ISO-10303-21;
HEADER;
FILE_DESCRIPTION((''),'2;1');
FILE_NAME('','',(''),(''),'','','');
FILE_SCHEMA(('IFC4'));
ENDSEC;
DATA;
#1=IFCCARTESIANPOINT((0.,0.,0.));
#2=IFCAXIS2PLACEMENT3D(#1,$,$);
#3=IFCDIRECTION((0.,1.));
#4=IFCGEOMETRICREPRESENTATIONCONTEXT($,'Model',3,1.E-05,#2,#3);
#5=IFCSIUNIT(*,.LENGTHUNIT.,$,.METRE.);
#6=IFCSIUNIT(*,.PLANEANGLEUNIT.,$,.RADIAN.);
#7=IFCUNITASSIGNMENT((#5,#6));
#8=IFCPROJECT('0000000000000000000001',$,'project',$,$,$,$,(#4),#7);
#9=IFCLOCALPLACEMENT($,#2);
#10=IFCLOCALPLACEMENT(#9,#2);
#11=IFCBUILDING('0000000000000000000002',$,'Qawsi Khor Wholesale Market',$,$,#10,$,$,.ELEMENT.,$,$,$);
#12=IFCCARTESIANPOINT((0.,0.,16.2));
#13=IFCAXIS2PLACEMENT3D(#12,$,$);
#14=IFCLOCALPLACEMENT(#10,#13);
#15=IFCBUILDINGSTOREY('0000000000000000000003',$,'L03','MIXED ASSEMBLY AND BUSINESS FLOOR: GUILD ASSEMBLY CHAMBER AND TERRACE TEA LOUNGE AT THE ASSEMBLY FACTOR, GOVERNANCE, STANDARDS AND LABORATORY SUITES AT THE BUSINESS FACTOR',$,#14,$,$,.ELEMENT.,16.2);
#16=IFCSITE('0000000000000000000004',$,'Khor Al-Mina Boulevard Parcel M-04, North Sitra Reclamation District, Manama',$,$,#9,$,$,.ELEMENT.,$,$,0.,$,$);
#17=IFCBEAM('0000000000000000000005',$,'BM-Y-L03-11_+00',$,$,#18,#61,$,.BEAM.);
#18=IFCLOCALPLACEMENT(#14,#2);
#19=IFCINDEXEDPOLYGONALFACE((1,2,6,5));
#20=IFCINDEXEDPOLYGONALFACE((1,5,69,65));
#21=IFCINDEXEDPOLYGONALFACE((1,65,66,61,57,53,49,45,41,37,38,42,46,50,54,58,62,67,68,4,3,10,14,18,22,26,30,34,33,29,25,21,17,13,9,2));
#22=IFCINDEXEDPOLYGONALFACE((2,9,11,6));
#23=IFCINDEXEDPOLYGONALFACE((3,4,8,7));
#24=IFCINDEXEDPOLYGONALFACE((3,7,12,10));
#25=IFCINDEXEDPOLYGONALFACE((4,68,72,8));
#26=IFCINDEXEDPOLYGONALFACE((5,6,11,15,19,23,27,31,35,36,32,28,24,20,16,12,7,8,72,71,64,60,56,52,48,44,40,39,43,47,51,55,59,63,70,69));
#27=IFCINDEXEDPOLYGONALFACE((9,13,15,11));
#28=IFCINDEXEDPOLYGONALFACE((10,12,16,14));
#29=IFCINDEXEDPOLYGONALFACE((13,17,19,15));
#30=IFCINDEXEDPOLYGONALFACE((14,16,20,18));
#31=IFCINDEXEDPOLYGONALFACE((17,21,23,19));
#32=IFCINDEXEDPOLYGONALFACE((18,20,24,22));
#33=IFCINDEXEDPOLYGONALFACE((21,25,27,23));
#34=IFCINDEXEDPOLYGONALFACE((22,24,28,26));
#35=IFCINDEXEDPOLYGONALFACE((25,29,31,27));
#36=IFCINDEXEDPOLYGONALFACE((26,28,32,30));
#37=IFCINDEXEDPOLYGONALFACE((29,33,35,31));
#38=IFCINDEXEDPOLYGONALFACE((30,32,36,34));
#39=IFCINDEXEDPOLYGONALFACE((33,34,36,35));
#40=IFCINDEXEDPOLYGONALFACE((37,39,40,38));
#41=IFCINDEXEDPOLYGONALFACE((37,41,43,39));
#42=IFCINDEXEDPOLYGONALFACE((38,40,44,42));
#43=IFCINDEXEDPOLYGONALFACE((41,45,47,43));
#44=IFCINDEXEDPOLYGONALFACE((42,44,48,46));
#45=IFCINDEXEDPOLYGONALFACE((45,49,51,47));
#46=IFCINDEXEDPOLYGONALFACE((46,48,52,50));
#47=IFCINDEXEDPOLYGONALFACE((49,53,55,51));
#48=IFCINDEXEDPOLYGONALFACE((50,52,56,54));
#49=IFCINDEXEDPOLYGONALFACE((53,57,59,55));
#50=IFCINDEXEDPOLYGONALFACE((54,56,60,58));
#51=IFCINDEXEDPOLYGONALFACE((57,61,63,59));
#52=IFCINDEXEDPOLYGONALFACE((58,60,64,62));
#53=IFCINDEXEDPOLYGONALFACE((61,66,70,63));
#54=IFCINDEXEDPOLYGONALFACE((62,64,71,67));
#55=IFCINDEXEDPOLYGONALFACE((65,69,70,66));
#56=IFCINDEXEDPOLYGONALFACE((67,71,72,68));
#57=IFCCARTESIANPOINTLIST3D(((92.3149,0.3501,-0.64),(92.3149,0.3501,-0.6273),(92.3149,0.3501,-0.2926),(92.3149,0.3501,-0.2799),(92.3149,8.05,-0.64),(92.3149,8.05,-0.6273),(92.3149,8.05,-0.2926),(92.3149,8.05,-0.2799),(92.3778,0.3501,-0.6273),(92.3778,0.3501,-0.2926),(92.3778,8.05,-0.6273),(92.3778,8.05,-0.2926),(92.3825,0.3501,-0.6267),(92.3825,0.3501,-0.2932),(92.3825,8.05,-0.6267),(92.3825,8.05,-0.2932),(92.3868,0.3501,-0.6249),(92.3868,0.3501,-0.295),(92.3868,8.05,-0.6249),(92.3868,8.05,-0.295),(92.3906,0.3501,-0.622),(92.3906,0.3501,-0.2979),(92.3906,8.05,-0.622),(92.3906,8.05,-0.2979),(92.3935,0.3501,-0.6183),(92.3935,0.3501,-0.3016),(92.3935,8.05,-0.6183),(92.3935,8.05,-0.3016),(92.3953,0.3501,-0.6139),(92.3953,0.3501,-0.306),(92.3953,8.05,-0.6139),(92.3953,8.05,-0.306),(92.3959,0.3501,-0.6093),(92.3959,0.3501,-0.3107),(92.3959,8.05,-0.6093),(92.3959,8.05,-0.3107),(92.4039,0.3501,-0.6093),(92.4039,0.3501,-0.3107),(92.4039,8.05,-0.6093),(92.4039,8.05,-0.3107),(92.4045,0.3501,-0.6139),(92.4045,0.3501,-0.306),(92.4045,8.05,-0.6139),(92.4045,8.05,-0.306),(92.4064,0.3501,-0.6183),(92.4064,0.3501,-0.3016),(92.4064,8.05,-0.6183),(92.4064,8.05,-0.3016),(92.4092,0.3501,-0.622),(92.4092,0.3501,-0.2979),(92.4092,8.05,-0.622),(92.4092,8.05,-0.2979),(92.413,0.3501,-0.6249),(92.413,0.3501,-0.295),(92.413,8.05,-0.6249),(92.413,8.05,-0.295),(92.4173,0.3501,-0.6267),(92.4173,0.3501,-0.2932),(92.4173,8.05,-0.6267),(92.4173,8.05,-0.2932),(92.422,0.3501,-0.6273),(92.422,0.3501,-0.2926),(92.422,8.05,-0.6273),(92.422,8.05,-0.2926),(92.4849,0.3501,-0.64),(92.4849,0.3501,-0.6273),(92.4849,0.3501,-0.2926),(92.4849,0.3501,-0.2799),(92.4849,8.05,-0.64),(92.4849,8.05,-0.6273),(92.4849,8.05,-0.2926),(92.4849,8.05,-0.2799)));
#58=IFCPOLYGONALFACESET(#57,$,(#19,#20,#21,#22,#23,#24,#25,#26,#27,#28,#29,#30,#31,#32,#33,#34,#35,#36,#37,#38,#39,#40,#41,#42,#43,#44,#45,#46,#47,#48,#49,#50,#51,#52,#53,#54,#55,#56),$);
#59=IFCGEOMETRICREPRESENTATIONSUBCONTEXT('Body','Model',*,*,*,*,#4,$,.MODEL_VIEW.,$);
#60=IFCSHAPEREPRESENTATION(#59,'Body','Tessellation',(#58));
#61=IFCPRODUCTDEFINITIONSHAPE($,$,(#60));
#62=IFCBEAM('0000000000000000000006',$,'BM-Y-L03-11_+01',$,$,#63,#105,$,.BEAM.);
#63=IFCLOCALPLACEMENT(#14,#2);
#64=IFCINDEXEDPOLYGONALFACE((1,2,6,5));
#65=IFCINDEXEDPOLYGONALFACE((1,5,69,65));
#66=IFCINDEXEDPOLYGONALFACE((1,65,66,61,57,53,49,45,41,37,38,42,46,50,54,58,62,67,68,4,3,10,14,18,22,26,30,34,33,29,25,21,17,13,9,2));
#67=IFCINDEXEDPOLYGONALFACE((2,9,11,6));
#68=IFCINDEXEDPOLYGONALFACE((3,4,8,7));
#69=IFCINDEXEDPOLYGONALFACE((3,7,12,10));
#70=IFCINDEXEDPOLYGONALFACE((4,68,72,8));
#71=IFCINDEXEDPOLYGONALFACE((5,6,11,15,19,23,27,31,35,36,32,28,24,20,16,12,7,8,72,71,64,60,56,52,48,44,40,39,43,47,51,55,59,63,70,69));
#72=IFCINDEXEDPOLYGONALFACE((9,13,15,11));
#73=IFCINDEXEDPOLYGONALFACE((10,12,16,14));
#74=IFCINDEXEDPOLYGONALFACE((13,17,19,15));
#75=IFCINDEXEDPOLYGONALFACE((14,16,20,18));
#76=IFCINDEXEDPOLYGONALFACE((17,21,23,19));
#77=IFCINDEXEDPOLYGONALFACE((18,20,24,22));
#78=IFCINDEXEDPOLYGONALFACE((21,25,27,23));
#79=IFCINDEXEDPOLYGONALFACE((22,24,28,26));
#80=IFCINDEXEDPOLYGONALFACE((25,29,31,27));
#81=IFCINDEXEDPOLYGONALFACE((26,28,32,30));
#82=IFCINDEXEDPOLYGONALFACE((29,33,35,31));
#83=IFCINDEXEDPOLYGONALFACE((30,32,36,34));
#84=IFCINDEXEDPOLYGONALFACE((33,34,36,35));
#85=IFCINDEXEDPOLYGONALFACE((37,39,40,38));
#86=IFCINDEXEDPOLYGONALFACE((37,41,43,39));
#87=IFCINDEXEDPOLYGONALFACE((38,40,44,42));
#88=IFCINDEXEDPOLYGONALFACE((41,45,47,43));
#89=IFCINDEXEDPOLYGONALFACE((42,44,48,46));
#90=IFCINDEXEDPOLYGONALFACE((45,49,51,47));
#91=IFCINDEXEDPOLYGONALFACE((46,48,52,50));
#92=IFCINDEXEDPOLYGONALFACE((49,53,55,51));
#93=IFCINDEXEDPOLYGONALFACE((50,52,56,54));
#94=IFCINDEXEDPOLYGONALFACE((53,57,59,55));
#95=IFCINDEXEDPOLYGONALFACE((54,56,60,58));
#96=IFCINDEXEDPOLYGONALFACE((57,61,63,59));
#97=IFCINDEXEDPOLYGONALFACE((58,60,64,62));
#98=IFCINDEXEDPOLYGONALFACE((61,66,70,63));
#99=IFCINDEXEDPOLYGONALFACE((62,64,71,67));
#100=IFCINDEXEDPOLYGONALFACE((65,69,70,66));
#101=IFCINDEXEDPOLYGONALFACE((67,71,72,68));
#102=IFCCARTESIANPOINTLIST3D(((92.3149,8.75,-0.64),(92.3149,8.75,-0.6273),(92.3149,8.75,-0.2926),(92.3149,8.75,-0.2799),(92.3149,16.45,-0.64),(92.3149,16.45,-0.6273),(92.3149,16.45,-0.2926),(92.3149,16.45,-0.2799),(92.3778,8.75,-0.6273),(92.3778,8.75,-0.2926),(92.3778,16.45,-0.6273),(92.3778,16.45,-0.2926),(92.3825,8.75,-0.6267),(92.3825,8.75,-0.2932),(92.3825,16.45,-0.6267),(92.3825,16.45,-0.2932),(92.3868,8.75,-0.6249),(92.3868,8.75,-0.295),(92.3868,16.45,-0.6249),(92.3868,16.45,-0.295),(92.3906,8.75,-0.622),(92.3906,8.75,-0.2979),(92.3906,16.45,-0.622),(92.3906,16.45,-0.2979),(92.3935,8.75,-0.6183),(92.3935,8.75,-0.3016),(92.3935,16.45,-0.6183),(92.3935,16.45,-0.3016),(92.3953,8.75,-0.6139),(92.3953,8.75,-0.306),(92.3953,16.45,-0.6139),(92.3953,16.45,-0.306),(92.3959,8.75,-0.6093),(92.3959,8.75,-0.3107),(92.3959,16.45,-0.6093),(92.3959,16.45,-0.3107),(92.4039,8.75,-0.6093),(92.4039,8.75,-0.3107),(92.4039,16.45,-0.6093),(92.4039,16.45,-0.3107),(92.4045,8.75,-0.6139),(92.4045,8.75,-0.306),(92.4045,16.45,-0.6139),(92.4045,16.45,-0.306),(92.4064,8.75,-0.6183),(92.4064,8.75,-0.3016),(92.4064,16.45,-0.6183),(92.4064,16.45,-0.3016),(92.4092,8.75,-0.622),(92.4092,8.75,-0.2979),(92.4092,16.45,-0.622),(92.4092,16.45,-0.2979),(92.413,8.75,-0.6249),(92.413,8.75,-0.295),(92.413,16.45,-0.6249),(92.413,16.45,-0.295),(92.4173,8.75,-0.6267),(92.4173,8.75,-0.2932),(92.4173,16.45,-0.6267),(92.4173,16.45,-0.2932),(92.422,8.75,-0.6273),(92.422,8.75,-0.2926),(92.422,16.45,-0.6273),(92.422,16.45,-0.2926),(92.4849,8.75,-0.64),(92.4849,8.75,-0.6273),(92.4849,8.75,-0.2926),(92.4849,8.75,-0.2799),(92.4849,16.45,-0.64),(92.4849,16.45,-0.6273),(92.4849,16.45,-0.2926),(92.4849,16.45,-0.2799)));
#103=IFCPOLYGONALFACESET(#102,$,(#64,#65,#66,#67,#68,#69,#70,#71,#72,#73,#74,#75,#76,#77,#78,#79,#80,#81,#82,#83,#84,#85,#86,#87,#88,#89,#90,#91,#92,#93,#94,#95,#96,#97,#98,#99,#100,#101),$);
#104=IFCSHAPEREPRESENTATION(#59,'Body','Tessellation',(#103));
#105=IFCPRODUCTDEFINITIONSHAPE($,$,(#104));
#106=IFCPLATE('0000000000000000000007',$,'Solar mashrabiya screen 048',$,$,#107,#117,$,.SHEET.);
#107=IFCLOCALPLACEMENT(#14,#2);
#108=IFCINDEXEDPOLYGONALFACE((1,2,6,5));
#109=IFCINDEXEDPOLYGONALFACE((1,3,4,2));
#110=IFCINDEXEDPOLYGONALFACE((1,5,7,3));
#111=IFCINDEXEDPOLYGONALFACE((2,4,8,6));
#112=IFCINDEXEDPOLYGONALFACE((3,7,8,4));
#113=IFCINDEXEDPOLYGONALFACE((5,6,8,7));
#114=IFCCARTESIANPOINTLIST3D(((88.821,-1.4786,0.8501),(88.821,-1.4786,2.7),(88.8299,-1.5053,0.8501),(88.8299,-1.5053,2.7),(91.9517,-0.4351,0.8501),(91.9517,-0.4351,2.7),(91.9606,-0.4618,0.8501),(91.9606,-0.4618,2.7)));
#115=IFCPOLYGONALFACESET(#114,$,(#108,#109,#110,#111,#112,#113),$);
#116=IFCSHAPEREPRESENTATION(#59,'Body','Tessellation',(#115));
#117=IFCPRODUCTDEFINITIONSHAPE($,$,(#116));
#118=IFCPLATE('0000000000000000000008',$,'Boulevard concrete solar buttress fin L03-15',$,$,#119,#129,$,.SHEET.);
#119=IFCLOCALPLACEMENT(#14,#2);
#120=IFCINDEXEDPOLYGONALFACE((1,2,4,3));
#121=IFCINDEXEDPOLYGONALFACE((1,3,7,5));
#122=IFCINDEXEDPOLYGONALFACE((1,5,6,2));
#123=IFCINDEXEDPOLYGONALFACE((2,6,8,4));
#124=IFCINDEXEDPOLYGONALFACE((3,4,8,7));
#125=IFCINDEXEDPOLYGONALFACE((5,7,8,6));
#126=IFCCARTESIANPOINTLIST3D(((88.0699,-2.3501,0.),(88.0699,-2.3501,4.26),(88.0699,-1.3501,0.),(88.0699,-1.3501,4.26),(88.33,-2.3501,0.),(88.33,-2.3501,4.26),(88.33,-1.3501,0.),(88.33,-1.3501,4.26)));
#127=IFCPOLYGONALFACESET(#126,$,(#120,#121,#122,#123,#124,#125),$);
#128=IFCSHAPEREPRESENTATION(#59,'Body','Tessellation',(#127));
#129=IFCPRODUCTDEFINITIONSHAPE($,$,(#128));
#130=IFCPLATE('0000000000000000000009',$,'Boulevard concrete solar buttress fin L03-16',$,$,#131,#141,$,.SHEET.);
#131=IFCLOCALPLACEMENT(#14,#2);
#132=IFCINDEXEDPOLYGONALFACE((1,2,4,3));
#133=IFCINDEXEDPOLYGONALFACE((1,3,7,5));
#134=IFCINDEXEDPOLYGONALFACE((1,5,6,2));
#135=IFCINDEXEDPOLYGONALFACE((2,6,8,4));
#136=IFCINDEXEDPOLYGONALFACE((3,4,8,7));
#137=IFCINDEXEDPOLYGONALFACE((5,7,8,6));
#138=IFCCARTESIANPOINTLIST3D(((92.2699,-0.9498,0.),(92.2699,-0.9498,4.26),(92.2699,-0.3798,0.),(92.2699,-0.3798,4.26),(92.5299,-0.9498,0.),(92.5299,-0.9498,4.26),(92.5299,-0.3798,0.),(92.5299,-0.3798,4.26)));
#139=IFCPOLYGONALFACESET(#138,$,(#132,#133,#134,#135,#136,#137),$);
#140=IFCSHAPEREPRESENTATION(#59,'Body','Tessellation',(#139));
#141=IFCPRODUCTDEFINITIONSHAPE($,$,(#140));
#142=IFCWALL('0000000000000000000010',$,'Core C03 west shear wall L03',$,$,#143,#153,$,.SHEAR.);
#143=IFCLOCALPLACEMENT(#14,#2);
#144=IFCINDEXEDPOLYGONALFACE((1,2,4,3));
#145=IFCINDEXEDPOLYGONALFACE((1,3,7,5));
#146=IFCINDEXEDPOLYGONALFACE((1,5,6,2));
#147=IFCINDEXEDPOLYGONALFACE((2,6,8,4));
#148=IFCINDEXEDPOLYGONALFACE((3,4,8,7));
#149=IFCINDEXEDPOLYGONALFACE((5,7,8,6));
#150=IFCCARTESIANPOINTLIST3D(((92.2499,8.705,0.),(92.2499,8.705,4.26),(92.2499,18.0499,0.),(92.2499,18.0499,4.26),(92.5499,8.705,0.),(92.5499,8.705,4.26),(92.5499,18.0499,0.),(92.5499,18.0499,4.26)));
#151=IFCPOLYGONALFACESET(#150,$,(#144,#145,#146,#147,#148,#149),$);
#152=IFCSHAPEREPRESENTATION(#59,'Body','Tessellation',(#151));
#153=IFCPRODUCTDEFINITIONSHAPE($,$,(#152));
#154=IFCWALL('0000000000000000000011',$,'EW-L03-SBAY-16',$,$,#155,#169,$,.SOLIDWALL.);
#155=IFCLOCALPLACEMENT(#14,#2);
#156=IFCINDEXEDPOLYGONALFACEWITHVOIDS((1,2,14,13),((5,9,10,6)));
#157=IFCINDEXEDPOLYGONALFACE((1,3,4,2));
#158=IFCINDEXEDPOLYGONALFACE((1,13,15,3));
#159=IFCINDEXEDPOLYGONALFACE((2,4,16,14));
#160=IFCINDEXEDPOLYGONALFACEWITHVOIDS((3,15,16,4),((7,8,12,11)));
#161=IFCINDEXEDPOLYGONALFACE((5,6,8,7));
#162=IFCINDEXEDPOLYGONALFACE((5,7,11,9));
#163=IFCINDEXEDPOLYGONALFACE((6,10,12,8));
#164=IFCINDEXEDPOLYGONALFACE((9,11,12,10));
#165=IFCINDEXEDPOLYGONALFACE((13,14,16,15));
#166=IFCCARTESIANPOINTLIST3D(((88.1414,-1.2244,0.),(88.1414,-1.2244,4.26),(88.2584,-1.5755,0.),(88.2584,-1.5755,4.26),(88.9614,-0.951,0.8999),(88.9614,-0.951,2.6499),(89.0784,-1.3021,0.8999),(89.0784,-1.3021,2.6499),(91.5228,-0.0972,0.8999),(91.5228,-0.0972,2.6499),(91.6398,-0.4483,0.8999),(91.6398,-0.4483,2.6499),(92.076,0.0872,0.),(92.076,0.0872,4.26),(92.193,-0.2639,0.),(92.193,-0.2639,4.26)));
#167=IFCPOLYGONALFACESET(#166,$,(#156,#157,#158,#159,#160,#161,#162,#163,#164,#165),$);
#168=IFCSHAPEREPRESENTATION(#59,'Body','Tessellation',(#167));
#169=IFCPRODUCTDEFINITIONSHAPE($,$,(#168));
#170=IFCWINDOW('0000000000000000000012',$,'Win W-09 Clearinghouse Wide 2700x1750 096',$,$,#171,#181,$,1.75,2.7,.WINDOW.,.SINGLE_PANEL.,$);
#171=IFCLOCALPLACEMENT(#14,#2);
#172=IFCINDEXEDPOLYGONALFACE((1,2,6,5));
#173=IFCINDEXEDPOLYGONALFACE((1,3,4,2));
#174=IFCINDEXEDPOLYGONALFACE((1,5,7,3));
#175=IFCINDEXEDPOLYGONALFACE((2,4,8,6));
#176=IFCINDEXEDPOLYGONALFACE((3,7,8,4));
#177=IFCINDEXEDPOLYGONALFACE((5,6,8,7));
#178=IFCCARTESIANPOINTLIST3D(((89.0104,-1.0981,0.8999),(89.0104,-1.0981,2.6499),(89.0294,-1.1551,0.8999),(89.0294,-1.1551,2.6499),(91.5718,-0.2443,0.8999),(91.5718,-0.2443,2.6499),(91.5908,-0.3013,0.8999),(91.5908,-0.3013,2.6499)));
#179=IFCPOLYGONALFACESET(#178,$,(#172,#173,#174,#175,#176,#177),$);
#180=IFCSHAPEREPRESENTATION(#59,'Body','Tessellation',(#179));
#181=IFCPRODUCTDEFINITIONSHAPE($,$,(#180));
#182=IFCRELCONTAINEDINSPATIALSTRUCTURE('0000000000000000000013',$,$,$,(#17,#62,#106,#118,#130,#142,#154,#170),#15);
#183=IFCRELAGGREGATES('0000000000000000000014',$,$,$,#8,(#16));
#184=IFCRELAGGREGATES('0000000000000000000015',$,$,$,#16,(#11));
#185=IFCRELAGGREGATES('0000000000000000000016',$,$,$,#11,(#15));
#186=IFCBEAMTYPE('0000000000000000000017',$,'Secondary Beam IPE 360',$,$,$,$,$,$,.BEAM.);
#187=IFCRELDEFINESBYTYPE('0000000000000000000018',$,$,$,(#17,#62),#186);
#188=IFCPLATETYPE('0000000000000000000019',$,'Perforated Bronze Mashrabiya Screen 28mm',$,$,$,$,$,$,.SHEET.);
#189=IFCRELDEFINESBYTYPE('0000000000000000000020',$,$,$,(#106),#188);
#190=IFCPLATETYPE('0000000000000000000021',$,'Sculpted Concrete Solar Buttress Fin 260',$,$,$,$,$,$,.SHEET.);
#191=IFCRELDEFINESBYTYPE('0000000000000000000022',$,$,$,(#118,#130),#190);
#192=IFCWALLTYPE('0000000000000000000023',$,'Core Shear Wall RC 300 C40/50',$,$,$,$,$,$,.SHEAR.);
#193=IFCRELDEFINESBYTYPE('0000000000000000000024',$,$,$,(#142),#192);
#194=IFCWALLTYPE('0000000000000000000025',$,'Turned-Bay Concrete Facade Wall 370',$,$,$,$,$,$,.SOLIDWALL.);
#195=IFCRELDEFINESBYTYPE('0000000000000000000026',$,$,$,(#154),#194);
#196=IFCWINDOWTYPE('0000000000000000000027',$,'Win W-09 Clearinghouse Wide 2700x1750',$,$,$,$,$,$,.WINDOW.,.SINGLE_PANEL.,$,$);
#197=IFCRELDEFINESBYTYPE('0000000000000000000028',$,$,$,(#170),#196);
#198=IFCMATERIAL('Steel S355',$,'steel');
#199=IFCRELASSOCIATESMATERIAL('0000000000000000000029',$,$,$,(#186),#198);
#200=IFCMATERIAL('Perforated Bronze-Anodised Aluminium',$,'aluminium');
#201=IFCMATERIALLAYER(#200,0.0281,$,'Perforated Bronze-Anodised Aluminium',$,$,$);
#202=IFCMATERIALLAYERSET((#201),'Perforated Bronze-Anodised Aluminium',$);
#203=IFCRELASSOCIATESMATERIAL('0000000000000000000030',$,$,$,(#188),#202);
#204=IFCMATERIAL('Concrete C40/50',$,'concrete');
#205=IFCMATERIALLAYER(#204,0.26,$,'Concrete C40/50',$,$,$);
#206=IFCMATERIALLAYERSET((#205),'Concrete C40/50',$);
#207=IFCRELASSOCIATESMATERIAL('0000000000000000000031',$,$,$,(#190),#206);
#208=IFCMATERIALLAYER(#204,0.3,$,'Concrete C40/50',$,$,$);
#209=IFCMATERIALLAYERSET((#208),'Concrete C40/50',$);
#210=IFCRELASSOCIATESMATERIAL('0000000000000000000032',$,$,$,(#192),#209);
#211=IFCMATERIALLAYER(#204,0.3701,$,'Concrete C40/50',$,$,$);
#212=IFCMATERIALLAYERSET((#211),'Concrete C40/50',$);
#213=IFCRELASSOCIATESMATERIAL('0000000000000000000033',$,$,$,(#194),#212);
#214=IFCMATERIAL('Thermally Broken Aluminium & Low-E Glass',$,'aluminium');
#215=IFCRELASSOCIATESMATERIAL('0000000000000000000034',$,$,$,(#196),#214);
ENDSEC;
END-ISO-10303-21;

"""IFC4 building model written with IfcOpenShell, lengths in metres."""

from ifc_helpers import new_model, si_unit, direction, frame, frame_2d, origin, origin_2d, place, context, subcontext, project, spatial, rectangle, i_section, extrude, material, layer, layer_set, material_profile, profile_set, type_object, element, fill, save


model = new_model("IFC4")

# Units and contexts
model_context = context("Model", 3, precision=1e-05, world=origin(), true_north=direction((0.0, 1.0)))
body_context = subcontext(model_context, "Body", "Model", "MODEL_VIEW")
ifc_project = project(units=[si_unit("LENGTHUNIT", "METRE"), si_unit("PLANEANGLEUNIT", "RADIAN")], contexts=[model_context])

# Site, building, storey
site_placement = place(None, origin())
site = spatial("IfcSite", under=ifc_project, at=site_placement, Name="Khor Al-Mina Boulevard Parcel M-04, North Sitra Reclamation District, Manama", CompositionType="ELEMENT", RefElevation=0.0)
building_placement = place(site_placement, origin())
building = spatial("IfcBuilding", under=site, at=building_placement, Name="Qawsi Khor Wholesale Market", CompositionType="ELEMENT")
storey_placement = place(building_placement, frame((0.0, 0.0, 16.2)))
storey = spatial("IfcBuildingStorey", under=building, at=storey_placement, Name="L03", Description="MIXED ASSEMBLY AND BUSINESS FLOOR: GUILD ASSEMBLY CHAMBER AND TERRACE TEA LOUNGE AT THE ASSEMBLY FACTOR, GOVERNANCE, STANDARDS AND LABORATORY SUITES AT THE BUSINESS FACTOR", CompositionType="ELEMENT", Elevation=16.2)

# Shared definitions
ifc_material_1 = material(Name="Concrete C40/50", Category="concrete")

# Beams
ifc_material_2 = material(Name="Steel S355", Category="steel")
ifc_material_profile_1 = material_profile(ifc_material_2, i_section(OverallWidth=0.1699, OverallDepth=0.3601, WebThickness=0.0081, FlangeThickness=0.0127, FilletRadius=0.0181, at=origin_2d()), Name="IPE 360")
ifc_profile_set_1 = profile_set([ifc_material_profile_1], Name="Steel S355")
beam_type_1 = type_object("IfcBeamType", Name="Secondary Beam IPE 360", PredefinedType="BEAM", material=ifc_profile_set_1)
for number, where, z_axis, x_axis, name in (
    (1, (92.3999, 0.3501, -0.46), (0.0, 1.0, 0.0), (-1.0, 0.0, 0.0), "BM-Y-L03-11_+00"),
    (2, (92.3999, 8.75, -0.46), (0.0, 1.0, 0.0), (-1.0, 0.0, 0.0), "BM-Y-L03-11_+01"),
):
    element("IfcBeam", number, at=place(storey_placement, frame(where, z_axis=z_axis, x_axis=x_axis)), inside=storey, type_object=beam_type_1, Name=name, PredefinedType="BEAM", context=body_context, shape_type="SweptSolid", body=[
        extrude(i_section(OverallWidth=0.1699, OverallDepth=0.3601, WebThickness=0.0081, FlangeThickness=0.0127, FilletRadius=0.0181, at=origin_2d()), origin(), (0.0, 0.0, 1.0), 7.7),
    ])

# Plates
ifc_material_3 = material(Name="Perforated Bronze-Anodised Aluminium", Category="aluminium")
ifc_layer_1 = layer(ifc_material_3, 0.0281, Name="Perforated Bronze-Anodised Aluminium")
ifc_layer_set_1 = layer_set([ifc_layer_1], Name="Perforated Bronze-Anodised Aluminium")
plate_type_1 = type_object("IfcPlateType", Name="Perforated Bronze Mashrabiya Screen 28mm", PredefinedType="SHEET", material=ifc_layer_set_1)
plate_1_placement = place(storey_placement, frame((91.9561, -0.4485, 0.8501), z_axis=(0.0, 0.0, 1.0), x_axis=(-0.948691, -0.316206, 0.0)))
element("IfcPlate", 3, at=plate_1_placement, inside=storey, type_object=plate_type_1, Name="Solar mashrabiya screen 048", PredefinedType="SHEET", context=body_context, shape_type="SweptSolid", body=[
    extrude(rectangle(XDim=3.3, YDim=0.0281, at=frame_2d((1.6499, 0.0))), origin(), (0.0, 0.0, 1.0), 1.8499),
])
ifc_layer_2 = layer(ifc_material_1, 0.26, Name="Concrete C40/50")
ifc_layer_set_2 = layer_set([ifc_layer_2], Name="Concrete C40/50")
plate_type_2 = type_object("IfcPlateType", Name="Sculpted Concrete Solar Buttress Fin 260", PredefinedType="SHEET", material=ifc_layer_set_2)
plate_2_placement = place(storey_placement, frame((88.2, -2.3501, 0.0), z_axis=(0.0, 0.0, 1.0), x_axis=(0.0, 1.0, 0.0)))
element("IfcPlate", 4, at=plate_2_placement, inside=storey, type_object=plate_type_2, Name="Boulevard concrete solar buttress fin L03-15", PredefinedType="SHEET", context=body_context, shape_type="SweptSolid", body=[
    extrude(rectangle(XDim=1.0, YDim=0.26, at=frame_2d((0.5, 0.0))), origin(), (0.0, 0.0, 1.0), 4.26),
])
plate_3_placement = place(storey_placement, frame((92.3999, -0.95, 0.0), z_axis=(0.0, 0.0, 1.0), x_axis=(0.0, 1.0, 0.0)))
element("IfcPlate", 5, at=plate_3_placement, inside=storey, type_object=plate_type_2, Name="Boulevard concrete solar buttress fin L03-16", PredefinedType="SHEET", context=body_context, shape_type="SweptSolid", body=[
    extrude(rectangle(XDim=0.5701, YDim=0.26, at=frame_2d((0.2852, 0.0))), origin(), (0.0, 0.0, 1.0), 4.26),
])

# Wall
ifc_layer_3 = layer(ifc_material_1, 0.3, Name="Concrete C40/50")
ifc_layer_set_3 = layer_set([ifc_layer_3], Name="Concrete C40/50")
wall_type_1 = type_object("IfcWallType", Name="Core Shear Wall RC 300 C40/50", PredefinedType="SHEAR", material=ifc_layer_set_3)
wall_1_placement = place(storey_placement, frame((92.3999, 8.7051, 0.0), z_axis=(0.0, 0.0, 1.0), x_axis=(0.0, 1.0, 0.0)))
element("IfcWall", 6, at=wall_1_placement, inside=storey, type_object=wall_type_1, Name="Core C03 west shear wall L03", PredefinedType="SHEAR", context=body_context, shape_type="SweptSolid", body=[
    extrude(rectangle(XDim=9.345, YDim=0.3, at=frame_2d((4.6724, 0.0))), origin(), (0.0, 0.0, 1.0), 4.26),
])

# Wall, opening, window
ifc_layer_4 = layer(ifc_material_1, 0.3701, Name="Concrete C40/50")
ifc_layer_set_4 = layer_set([ifc_layer_4], Name="Concrete C40/50")
wall_type_2 = type_object("IfcWallType", Name="Turned-Bay Concrete Facade Wall 370", PredefinedType="SOLIDWALL", material=ifc_layer_set_4)
wall_2_placement = place(storey_placement, frame((92.1345, -0.0884, 0.0), z_axis=(0.0, 0.0, 1.0), x_axis=(-0.948683, -0.316228, 0.0)))
wall_2 = element("IfcWall", 7, at=wall_2_placement, inside=storey, type_object=wall_type_2, Name="EW-L03-SBAY-16", PredefinedType="SOLIDWALL", context=body_context, shape_type="SweptSolid", body=[
    extrude(rectangle(XDim=4.1475, YDim=0.3701, at=frame_2d((2.0737, 0.0))), origin(), (0.0, 0.0, 1.0), 4.26),
])
opening_1_placement = place(wall_2_placement, frame((0.583, 0.0, 0.8999)))
opening_1 = element("IfcOpeningElement", 8, at=opening_1_placement, cuts=wall_2, PredefinedType="OPENING", context=body_context, shape_type="SweptSolid", body=[
    extrude(rectangle(XDim=2.7, YDim=1.75, at=frame_2d((1.3501, 0.875))), frame((0.0, 0.1951, 0.0), z_axis=(0.0, -1.0, 0.0), x_axis=(1.0, 0.0, 0.0)), (0.0, 0.0, 1.0), 0.3901),
])
ifc_material_4 = material(Name="Thermally Broken Aluminium & Low-E Glass", Category="aluminium")
window_type_1 = type_object("IfcWindowType", Name="Win W-09 Clearinghouse Wide 2700x1750", PartitioningType="SINGLE_PANEL", PredefinedType="WINDOW", material=ifc_material_4)
window_1_placement = place(opening_1_placement, origin())
window_1 = element("IfcWindow", 9, at=window_1_placement, inside=storey, type_object=window_type_1, Name="Win W-09 Clearinghouse Wide 2700x1750 096", OverallHeight=1.75, OverallWidth=2.7, PartitioningType="SINGLE_PANEL", PredefinedType="WINDOW", context=body_context, shape_type="SweptSolid", body=[
    extrude(rectangle(XDim=2.7, YDim=1.75, at=frame_2d((1.3501, 0.875))), frame((0.0, 0.03, 0.0), z_axis=(0.0, -1.0, 0.0), x_axis=(1.0, 0.0, 0.0)), (0.0, 0.0, 1.0), 0.0601),
])
fill(opening_1, window_1)

save(model, "model.ifc")
